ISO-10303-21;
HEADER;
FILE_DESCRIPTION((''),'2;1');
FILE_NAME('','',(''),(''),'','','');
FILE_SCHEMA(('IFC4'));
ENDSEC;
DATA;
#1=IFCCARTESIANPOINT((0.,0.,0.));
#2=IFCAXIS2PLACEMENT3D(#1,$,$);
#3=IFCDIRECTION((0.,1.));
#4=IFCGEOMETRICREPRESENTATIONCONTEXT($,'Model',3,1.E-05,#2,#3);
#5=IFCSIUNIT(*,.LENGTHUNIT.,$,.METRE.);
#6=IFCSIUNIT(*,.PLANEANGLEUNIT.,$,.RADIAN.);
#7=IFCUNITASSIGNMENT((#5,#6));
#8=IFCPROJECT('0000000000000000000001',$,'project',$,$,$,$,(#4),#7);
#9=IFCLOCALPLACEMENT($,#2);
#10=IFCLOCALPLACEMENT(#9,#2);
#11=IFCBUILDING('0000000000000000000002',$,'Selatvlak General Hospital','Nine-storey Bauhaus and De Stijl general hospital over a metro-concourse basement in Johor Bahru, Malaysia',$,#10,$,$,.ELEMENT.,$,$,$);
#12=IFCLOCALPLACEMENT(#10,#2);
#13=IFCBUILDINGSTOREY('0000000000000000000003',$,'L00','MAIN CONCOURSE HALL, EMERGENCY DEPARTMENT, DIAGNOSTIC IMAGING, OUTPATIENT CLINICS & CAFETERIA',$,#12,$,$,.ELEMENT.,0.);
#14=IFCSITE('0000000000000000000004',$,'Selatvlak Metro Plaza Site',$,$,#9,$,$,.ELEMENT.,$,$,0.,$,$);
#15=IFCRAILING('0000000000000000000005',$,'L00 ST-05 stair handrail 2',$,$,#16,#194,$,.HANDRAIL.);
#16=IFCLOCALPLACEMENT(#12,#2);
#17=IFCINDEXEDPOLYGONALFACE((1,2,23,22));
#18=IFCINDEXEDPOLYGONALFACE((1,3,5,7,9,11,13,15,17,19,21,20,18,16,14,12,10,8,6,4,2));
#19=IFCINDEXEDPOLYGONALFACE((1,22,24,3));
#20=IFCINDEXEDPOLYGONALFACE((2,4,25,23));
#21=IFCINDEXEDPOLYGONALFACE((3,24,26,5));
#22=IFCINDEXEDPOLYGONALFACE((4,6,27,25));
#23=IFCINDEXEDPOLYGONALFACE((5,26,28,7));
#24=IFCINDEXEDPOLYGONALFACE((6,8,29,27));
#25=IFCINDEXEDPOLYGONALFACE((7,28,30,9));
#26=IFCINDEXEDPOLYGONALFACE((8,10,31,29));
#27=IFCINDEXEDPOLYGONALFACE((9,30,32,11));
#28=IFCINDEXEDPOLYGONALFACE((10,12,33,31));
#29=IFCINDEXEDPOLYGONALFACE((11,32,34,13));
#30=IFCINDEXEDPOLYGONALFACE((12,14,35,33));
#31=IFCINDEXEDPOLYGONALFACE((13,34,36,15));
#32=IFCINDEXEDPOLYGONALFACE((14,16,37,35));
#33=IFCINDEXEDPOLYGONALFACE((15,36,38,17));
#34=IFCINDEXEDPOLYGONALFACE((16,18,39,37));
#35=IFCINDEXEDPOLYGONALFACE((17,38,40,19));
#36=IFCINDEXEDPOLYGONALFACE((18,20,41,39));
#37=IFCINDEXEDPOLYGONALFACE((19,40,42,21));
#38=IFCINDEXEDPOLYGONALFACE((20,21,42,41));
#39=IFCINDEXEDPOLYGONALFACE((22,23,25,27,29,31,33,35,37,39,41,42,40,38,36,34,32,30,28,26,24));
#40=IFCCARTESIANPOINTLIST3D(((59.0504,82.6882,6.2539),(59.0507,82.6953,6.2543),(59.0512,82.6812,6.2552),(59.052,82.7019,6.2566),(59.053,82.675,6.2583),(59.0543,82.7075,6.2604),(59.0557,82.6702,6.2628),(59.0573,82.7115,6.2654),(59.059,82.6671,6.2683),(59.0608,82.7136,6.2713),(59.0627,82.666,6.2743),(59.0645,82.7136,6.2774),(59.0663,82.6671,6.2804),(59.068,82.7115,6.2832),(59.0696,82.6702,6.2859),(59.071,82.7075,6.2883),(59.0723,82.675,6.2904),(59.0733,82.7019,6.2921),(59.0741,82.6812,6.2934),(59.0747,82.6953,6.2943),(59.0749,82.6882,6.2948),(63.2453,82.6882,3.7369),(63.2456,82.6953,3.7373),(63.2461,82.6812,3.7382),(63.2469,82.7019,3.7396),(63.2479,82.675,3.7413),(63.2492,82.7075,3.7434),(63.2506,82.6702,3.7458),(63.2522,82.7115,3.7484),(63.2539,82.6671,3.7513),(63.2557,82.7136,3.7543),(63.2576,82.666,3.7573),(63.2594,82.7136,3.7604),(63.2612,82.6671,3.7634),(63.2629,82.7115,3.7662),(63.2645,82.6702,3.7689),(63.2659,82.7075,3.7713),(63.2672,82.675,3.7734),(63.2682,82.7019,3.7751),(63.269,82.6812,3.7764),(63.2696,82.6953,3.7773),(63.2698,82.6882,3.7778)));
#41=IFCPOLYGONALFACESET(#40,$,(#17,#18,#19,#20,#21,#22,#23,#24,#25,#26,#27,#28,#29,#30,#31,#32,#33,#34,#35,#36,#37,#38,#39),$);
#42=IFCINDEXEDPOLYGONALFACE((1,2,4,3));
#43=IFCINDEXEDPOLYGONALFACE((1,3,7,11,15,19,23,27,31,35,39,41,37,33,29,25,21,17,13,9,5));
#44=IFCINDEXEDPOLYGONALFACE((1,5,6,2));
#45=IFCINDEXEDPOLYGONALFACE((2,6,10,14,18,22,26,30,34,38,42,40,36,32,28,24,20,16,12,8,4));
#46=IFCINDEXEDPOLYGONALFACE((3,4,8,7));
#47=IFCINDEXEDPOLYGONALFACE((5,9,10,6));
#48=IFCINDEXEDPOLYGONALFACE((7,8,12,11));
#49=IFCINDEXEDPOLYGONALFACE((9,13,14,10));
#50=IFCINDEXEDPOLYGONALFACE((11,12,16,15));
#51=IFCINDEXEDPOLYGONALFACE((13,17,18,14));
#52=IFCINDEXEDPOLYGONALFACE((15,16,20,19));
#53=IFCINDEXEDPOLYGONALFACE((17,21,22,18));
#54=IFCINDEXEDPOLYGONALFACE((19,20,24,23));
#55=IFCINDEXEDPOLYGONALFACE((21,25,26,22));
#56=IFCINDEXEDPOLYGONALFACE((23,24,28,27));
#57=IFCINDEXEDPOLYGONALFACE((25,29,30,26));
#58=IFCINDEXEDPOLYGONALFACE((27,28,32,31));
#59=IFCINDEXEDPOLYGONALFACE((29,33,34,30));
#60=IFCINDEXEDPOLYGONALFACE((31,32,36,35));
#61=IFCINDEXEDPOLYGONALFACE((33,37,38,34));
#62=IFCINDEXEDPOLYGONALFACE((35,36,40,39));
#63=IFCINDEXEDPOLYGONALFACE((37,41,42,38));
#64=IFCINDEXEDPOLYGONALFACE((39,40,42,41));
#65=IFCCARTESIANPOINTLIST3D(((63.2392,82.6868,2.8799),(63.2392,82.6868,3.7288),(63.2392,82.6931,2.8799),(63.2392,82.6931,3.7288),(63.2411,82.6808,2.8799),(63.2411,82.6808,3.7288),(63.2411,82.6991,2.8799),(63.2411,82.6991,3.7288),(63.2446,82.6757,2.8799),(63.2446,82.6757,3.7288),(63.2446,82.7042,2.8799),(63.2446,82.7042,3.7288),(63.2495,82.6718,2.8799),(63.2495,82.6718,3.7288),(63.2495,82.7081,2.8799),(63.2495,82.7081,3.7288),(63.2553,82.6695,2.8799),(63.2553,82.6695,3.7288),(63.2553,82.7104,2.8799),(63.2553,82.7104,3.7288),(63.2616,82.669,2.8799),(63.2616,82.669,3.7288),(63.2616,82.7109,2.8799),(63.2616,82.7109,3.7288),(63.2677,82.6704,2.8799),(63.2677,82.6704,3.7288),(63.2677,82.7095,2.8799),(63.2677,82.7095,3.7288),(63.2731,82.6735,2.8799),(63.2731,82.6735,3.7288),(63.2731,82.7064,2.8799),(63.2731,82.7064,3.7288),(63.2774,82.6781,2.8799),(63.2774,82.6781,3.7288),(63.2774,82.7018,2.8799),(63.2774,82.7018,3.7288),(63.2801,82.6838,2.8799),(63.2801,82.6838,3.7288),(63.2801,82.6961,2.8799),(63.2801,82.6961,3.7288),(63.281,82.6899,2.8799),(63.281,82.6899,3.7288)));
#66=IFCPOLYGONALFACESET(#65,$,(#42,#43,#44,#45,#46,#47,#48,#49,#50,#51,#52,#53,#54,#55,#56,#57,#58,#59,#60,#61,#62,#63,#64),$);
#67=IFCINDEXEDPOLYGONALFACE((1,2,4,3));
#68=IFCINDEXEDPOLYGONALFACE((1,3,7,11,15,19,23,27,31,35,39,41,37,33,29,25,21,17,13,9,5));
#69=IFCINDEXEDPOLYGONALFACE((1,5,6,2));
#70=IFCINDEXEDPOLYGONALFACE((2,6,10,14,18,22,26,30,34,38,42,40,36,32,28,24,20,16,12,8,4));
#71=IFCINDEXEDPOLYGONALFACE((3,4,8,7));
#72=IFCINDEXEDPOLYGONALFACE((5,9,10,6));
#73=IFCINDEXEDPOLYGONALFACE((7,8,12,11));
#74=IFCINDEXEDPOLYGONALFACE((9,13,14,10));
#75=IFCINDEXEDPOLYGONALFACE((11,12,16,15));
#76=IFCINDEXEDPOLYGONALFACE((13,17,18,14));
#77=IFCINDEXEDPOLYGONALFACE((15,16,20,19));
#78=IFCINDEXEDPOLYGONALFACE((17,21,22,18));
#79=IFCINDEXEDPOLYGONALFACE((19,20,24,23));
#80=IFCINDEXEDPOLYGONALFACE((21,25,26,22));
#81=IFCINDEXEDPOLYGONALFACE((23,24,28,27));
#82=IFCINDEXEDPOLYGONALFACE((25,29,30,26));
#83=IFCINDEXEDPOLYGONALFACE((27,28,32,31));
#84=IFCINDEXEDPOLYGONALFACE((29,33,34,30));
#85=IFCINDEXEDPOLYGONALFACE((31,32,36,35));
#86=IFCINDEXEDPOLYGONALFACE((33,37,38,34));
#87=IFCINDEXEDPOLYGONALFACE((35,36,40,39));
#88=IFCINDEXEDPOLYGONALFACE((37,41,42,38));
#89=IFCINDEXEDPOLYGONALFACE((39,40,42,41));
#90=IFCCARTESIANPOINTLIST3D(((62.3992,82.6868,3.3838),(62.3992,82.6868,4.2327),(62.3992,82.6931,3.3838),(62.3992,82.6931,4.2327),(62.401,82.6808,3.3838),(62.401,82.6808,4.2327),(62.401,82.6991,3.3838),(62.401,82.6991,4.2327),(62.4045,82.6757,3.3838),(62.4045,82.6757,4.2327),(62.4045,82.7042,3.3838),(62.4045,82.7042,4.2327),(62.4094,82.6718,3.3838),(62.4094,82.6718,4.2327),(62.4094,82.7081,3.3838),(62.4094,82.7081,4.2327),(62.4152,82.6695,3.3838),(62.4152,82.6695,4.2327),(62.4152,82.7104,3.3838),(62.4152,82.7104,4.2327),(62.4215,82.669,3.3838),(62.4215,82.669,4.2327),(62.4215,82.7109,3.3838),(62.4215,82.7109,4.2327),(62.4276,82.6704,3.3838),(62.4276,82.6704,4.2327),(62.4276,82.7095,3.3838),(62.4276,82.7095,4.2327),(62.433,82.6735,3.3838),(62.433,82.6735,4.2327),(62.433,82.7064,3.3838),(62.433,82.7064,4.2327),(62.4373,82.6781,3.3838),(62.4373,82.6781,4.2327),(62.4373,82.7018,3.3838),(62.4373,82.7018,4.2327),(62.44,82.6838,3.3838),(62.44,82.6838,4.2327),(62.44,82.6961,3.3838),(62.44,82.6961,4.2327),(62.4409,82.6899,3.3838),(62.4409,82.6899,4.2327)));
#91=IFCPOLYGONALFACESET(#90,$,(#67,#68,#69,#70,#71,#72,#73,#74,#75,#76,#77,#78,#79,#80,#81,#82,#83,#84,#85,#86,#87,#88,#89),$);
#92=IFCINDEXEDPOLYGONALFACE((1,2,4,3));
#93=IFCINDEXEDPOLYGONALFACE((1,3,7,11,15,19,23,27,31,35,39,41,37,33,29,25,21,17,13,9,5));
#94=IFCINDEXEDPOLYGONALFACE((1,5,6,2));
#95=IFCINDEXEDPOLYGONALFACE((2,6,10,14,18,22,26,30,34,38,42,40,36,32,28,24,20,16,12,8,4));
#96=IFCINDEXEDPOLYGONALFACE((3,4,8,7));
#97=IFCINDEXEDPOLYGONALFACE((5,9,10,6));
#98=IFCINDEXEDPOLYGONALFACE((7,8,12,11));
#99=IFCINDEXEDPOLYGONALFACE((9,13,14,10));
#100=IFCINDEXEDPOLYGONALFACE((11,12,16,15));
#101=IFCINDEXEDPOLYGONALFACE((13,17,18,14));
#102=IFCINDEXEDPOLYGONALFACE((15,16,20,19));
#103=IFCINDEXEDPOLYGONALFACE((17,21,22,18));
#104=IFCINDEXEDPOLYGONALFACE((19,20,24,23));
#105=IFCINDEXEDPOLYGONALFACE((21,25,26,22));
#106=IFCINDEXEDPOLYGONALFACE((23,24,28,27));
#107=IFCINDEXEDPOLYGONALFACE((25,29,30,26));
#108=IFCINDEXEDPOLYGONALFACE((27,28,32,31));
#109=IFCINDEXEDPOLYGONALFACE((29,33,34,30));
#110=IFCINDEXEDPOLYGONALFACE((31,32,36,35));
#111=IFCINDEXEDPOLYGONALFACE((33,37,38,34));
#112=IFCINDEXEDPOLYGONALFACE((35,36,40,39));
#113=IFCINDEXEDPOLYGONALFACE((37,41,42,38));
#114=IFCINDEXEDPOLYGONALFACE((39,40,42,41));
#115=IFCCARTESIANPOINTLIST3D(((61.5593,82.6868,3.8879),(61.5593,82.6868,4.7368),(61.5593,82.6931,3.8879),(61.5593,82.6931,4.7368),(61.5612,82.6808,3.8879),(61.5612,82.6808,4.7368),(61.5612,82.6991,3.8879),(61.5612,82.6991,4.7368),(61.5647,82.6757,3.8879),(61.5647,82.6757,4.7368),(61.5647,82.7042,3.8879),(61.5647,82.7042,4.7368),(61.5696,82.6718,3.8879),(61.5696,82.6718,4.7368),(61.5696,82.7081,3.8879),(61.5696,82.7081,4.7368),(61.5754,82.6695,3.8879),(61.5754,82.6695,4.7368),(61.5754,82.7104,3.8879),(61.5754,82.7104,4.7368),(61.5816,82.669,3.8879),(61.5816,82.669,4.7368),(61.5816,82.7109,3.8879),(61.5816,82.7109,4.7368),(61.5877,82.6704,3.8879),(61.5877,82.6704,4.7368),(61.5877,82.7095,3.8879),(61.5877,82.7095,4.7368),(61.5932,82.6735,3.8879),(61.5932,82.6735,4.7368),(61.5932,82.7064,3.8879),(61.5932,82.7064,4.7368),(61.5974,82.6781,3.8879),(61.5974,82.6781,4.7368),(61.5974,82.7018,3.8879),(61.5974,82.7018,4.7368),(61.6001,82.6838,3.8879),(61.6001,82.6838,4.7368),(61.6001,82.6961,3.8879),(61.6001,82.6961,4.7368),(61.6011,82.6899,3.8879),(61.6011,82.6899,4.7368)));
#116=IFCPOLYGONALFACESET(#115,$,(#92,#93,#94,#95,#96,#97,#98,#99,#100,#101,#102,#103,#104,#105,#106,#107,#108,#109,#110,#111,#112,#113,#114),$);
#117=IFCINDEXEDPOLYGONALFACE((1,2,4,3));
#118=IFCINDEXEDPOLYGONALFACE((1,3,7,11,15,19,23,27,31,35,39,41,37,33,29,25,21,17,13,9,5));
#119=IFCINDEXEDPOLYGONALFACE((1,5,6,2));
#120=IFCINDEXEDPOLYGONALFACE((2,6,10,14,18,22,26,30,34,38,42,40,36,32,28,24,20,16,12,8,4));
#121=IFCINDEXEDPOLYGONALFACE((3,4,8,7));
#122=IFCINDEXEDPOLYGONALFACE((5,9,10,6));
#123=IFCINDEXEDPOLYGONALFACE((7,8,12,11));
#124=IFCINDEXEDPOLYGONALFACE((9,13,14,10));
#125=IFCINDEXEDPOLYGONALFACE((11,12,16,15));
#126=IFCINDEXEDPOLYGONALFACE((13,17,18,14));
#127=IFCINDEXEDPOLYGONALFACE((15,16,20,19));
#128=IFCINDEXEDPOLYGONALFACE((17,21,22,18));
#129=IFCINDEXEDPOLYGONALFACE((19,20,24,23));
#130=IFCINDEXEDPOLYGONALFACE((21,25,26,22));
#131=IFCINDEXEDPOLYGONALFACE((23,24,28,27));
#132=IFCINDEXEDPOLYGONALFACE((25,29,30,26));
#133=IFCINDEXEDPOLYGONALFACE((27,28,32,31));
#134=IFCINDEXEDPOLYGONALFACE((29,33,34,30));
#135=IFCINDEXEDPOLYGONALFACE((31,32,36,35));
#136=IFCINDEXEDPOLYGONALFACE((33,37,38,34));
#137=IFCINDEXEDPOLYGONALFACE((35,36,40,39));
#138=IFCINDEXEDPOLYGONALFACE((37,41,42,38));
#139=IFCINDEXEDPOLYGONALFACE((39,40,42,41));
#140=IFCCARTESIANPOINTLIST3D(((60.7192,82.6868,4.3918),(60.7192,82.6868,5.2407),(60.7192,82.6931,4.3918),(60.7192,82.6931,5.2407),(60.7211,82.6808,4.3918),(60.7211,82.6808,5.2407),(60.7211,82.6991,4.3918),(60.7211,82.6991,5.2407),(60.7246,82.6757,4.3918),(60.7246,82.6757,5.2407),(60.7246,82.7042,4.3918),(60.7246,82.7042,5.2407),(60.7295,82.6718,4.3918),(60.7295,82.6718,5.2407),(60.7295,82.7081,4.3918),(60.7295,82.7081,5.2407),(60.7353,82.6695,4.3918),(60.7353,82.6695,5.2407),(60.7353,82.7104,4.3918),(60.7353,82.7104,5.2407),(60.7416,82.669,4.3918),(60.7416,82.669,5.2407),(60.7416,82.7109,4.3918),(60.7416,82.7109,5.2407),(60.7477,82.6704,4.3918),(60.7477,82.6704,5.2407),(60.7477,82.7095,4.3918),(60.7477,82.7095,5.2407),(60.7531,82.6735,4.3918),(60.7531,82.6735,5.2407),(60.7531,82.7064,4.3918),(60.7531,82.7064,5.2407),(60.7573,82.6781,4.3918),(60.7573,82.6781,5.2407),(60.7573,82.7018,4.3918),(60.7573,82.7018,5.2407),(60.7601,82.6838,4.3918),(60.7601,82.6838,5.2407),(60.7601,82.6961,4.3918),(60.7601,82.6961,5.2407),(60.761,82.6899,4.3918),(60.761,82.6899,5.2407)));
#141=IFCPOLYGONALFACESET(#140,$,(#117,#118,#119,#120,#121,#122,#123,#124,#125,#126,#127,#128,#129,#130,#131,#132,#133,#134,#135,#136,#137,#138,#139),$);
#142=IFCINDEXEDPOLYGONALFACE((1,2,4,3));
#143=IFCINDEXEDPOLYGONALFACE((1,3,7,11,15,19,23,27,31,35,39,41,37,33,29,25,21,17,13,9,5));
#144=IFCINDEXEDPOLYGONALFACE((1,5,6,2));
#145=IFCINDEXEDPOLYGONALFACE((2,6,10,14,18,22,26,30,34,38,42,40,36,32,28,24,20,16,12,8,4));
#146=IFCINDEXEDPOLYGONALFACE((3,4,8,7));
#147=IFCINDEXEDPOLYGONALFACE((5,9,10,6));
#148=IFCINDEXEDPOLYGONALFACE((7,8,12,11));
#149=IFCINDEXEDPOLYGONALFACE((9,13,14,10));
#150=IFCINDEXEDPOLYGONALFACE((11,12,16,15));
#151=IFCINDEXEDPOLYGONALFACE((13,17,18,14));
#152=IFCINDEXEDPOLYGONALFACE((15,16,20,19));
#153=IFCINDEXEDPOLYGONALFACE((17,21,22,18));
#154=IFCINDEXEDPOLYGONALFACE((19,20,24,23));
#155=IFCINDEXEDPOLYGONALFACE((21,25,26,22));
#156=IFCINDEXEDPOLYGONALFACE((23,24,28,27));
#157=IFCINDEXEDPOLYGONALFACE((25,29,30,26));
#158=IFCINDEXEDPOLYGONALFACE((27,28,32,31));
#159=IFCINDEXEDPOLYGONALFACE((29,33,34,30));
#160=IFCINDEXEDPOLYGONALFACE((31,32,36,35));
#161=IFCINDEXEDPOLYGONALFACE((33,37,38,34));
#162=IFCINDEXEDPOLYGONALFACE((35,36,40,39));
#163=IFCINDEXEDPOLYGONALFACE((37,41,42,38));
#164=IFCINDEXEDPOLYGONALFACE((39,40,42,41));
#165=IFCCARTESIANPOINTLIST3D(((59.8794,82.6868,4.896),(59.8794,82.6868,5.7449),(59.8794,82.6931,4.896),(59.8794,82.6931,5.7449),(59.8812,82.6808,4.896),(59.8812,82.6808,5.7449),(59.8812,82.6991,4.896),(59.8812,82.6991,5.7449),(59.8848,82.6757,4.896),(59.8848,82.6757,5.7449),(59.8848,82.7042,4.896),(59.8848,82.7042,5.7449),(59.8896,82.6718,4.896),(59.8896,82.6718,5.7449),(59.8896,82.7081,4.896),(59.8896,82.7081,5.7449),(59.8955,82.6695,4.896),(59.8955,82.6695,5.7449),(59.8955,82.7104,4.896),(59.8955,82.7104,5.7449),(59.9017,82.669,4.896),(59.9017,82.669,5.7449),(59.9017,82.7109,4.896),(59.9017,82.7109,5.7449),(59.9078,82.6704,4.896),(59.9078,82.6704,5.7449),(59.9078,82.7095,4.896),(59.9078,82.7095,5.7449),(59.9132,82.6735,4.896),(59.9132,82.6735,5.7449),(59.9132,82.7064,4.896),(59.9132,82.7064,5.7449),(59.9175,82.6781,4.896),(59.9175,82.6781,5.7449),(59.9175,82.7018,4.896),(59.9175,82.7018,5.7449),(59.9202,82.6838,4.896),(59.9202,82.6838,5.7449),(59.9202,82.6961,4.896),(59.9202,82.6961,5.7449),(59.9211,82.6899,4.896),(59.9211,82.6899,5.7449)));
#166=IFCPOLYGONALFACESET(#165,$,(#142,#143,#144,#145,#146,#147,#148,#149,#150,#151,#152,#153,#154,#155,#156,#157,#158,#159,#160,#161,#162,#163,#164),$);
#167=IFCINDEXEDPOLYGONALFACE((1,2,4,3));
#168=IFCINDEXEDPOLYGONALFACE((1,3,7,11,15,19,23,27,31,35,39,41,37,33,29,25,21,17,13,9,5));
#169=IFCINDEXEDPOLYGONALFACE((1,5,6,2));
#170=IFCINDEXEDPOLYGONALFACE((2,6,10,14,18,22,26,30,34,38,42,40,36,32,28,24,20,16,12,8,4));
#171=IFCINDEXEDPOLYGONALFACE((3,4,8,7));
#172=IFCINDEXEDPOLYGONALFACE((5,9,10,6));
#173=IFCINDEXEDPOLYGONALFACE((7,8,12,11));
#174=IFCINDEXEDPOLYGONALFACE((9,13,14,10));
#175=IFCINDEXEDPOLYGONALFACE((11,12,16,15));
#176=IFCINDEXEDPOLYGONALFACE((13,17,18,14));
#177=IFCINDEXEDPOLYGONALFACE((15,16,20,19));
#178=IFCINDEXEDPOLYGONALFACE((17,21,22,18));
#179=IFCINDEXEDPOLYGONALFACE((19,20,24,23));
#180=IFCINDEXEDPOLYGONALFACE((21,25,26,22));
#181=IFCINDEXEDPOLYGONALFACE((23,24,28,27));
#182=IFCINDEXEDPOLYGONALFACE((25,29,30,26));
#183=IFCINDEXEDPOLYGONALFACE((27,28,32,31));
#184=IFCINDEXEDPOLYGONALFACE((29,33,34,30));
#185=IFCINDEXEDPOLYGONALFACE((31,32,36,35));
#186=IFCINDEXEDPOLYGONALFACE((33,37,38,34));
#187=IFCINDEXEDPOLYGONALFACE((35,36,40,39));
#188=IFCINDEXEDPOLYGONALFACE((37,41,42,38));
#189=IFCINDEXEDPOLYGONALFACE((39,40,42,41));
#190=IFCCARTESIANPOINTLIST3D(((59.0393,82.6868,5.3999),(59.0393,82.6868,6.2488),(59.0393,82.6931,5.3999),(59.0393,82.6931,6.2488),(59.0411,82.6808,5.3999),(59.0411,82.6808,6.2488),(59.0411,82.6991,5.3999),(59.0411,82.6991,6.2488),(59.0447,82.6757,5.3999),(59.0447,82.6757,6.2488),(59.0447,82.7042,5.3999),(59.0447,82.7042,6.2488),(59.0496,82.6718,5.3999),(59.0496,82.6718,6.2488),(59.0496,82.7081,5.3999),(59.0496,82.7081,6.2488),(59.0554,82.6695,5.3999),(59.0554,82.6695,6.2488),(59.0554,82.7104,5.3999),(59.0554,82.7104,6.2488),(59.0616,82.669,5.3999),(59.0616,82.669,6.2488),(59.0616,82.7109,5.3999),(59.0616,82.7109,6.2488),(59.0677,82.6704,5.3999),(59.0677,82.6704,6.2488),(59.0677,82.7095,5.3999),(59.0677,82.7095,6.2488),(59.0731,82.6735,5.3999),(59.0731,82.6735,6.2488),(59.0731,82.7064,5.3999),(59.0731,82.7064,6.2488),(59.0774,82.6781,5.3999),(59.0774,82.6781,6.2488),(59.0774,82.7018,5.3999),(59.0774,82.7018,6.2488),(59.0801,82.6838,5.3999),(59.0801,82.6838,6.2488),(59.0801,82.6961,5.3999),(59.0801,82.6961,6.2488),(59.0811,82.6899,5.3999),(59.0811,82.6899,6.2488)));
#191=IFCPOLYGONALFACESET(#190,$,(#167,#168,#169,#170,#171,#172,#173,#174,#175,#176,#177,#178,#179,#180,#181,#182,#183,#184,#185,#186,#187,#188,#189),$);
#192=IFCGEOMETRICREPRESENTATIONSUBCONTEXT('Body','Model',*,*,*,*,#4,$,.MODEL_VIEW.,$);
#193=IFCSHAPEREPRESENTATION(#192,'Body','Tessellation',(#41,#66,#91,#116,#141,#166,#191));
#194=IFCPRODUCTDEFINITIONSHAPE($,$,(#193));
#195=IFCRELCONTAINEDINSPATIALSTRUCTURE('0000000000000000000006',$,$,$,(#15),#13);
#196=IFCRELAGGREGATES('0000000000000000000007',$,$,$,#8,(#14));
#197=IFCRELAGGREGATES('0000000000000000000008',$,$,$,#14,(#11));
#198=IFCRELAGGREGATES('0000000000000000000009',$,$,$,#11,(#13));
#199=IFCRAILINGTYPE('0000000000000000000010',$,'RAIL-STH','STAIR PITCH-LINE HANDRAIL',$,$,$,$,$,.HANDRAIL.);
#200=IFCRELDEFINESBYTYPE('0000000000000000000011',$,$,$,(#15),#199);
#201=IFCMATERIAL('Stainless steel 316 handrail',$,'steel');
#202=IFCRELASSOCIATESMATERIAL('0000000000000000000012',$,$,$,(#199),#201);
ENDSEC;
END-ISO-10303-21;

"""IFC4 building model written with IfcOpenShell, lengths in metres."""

from ifc_helpers import new_model, si_unit, direction, frame, origin, origin_2d, place, context, subcontext, project, spatial, circle, extrude, material, type_object, element, save


model = new_model("IFC4")

# Units and contexts
model_context = context("Model", 3, precision=1e-05, world=origin(), true_north=direction((0.0, 1.0)))
body_context = subcontext(model_context, "Body", "Model", "MODEL_VIEW")
ifc_project = project(units=[si_unit("LENGTHUNIT", "METRE"), si_unit("PLANEANGLEUNIT", "RADIAN")], contexts=[model_context])

# Site, building, storey
site_placement = place(None, origin())
site = spatial("IfcSite", under=ifc_project, at=site_placement, Name="Selatvlak Metro Plaza Site", CompositionType="ELEMENT", RefElevation=0.0)
building_placement = place(site_placement, origin())
building = spatial("IfcBuilding", under=site, at=building_placement, Name="Selatvlak General Hospital", Description="Nine-storey Bauhaus and De Stijl general hospital over a metro-concourse basement in Johor Bahru, Malaysia", CompositionType="ELEMENT")
storey_placement = place(building_placement, origin())
storey = spatial("IfcBuildingStorey", under=building, at=storey_placement, Name="L00", Description="MAIN CONCOURSE HALL, EMERGENCY DEPARTMENT, DIAGNOSTIC IMAGING, OUTPATIENT CLINICS & CAFETERIA", CompositionType="ELEMENT", Elevation=0.0)

# Railing
ifc_material_1 = material(Name="Stainless steel 316 handrail", Category="steel")
railing_type_1 = type_object("IfcRailingType", Name="RAIL-STH", Description="STAIR PITCH-LINE HANDRAIL", PredefinedType="HANDRAIL", material=ifc_material_1)
railing_1_placement = place(storey_placement, frame((63.26, 82.6899, 2.8799)))
element("IfcRailing", 1, at=railing_1_placement, inside=storey, type_object=railing_type_1, Name="L00 ST-05 stair handrail 2", PredefinedType="HANDRAIL", context=body_context, shape_type="SweptSolid", body=[
    extrude(circle(Radius=0.0239, at=origin_2d()), frame((-0.0024, 0.0, 0.8774), z_axis=(-0.857489, 0.0, 0.514503), x_axis=(0.0, -1.0, 0.0)), (0.0, 0.0, 1.0), 4.8921),
    extrude(circle(Radius=0.021, at=origin_2d()), origin(), (0.0, 0.0, 1.0), 0.8489),
    extrude(circle(Radius=0.021, at=origin_2d()), frame((-0.8401, 0.0, 0.5039)), (0.0, 0.0, 1.0), 0.8489),
    extrude(circle(Radius=0.021, at=origin_2d()), frame((-1.6799, 0.0, 1.0081)), (0.0, 0.0, 1.0), 0.8489),
    extrude(circle(Radius=0.021, at=origin_2d()), frame((-2.52, 0.0, 1.512)), (0.0, 0.0, 1.0), 0.8489),
    extrude(circle(Radius=0.021, at=origin_2d()), frame((-3.3599, 0.0, 2.0161)), (0.0, 0.0, 1.0), 0.8489),
    extrude(circle(Radius=0.021, at=origin_2d()), frame((-4.2, 0.0, 2.52)), (0.0, 0.0, 1.0), 0.8489),
])

save(model, "model.ifc")
